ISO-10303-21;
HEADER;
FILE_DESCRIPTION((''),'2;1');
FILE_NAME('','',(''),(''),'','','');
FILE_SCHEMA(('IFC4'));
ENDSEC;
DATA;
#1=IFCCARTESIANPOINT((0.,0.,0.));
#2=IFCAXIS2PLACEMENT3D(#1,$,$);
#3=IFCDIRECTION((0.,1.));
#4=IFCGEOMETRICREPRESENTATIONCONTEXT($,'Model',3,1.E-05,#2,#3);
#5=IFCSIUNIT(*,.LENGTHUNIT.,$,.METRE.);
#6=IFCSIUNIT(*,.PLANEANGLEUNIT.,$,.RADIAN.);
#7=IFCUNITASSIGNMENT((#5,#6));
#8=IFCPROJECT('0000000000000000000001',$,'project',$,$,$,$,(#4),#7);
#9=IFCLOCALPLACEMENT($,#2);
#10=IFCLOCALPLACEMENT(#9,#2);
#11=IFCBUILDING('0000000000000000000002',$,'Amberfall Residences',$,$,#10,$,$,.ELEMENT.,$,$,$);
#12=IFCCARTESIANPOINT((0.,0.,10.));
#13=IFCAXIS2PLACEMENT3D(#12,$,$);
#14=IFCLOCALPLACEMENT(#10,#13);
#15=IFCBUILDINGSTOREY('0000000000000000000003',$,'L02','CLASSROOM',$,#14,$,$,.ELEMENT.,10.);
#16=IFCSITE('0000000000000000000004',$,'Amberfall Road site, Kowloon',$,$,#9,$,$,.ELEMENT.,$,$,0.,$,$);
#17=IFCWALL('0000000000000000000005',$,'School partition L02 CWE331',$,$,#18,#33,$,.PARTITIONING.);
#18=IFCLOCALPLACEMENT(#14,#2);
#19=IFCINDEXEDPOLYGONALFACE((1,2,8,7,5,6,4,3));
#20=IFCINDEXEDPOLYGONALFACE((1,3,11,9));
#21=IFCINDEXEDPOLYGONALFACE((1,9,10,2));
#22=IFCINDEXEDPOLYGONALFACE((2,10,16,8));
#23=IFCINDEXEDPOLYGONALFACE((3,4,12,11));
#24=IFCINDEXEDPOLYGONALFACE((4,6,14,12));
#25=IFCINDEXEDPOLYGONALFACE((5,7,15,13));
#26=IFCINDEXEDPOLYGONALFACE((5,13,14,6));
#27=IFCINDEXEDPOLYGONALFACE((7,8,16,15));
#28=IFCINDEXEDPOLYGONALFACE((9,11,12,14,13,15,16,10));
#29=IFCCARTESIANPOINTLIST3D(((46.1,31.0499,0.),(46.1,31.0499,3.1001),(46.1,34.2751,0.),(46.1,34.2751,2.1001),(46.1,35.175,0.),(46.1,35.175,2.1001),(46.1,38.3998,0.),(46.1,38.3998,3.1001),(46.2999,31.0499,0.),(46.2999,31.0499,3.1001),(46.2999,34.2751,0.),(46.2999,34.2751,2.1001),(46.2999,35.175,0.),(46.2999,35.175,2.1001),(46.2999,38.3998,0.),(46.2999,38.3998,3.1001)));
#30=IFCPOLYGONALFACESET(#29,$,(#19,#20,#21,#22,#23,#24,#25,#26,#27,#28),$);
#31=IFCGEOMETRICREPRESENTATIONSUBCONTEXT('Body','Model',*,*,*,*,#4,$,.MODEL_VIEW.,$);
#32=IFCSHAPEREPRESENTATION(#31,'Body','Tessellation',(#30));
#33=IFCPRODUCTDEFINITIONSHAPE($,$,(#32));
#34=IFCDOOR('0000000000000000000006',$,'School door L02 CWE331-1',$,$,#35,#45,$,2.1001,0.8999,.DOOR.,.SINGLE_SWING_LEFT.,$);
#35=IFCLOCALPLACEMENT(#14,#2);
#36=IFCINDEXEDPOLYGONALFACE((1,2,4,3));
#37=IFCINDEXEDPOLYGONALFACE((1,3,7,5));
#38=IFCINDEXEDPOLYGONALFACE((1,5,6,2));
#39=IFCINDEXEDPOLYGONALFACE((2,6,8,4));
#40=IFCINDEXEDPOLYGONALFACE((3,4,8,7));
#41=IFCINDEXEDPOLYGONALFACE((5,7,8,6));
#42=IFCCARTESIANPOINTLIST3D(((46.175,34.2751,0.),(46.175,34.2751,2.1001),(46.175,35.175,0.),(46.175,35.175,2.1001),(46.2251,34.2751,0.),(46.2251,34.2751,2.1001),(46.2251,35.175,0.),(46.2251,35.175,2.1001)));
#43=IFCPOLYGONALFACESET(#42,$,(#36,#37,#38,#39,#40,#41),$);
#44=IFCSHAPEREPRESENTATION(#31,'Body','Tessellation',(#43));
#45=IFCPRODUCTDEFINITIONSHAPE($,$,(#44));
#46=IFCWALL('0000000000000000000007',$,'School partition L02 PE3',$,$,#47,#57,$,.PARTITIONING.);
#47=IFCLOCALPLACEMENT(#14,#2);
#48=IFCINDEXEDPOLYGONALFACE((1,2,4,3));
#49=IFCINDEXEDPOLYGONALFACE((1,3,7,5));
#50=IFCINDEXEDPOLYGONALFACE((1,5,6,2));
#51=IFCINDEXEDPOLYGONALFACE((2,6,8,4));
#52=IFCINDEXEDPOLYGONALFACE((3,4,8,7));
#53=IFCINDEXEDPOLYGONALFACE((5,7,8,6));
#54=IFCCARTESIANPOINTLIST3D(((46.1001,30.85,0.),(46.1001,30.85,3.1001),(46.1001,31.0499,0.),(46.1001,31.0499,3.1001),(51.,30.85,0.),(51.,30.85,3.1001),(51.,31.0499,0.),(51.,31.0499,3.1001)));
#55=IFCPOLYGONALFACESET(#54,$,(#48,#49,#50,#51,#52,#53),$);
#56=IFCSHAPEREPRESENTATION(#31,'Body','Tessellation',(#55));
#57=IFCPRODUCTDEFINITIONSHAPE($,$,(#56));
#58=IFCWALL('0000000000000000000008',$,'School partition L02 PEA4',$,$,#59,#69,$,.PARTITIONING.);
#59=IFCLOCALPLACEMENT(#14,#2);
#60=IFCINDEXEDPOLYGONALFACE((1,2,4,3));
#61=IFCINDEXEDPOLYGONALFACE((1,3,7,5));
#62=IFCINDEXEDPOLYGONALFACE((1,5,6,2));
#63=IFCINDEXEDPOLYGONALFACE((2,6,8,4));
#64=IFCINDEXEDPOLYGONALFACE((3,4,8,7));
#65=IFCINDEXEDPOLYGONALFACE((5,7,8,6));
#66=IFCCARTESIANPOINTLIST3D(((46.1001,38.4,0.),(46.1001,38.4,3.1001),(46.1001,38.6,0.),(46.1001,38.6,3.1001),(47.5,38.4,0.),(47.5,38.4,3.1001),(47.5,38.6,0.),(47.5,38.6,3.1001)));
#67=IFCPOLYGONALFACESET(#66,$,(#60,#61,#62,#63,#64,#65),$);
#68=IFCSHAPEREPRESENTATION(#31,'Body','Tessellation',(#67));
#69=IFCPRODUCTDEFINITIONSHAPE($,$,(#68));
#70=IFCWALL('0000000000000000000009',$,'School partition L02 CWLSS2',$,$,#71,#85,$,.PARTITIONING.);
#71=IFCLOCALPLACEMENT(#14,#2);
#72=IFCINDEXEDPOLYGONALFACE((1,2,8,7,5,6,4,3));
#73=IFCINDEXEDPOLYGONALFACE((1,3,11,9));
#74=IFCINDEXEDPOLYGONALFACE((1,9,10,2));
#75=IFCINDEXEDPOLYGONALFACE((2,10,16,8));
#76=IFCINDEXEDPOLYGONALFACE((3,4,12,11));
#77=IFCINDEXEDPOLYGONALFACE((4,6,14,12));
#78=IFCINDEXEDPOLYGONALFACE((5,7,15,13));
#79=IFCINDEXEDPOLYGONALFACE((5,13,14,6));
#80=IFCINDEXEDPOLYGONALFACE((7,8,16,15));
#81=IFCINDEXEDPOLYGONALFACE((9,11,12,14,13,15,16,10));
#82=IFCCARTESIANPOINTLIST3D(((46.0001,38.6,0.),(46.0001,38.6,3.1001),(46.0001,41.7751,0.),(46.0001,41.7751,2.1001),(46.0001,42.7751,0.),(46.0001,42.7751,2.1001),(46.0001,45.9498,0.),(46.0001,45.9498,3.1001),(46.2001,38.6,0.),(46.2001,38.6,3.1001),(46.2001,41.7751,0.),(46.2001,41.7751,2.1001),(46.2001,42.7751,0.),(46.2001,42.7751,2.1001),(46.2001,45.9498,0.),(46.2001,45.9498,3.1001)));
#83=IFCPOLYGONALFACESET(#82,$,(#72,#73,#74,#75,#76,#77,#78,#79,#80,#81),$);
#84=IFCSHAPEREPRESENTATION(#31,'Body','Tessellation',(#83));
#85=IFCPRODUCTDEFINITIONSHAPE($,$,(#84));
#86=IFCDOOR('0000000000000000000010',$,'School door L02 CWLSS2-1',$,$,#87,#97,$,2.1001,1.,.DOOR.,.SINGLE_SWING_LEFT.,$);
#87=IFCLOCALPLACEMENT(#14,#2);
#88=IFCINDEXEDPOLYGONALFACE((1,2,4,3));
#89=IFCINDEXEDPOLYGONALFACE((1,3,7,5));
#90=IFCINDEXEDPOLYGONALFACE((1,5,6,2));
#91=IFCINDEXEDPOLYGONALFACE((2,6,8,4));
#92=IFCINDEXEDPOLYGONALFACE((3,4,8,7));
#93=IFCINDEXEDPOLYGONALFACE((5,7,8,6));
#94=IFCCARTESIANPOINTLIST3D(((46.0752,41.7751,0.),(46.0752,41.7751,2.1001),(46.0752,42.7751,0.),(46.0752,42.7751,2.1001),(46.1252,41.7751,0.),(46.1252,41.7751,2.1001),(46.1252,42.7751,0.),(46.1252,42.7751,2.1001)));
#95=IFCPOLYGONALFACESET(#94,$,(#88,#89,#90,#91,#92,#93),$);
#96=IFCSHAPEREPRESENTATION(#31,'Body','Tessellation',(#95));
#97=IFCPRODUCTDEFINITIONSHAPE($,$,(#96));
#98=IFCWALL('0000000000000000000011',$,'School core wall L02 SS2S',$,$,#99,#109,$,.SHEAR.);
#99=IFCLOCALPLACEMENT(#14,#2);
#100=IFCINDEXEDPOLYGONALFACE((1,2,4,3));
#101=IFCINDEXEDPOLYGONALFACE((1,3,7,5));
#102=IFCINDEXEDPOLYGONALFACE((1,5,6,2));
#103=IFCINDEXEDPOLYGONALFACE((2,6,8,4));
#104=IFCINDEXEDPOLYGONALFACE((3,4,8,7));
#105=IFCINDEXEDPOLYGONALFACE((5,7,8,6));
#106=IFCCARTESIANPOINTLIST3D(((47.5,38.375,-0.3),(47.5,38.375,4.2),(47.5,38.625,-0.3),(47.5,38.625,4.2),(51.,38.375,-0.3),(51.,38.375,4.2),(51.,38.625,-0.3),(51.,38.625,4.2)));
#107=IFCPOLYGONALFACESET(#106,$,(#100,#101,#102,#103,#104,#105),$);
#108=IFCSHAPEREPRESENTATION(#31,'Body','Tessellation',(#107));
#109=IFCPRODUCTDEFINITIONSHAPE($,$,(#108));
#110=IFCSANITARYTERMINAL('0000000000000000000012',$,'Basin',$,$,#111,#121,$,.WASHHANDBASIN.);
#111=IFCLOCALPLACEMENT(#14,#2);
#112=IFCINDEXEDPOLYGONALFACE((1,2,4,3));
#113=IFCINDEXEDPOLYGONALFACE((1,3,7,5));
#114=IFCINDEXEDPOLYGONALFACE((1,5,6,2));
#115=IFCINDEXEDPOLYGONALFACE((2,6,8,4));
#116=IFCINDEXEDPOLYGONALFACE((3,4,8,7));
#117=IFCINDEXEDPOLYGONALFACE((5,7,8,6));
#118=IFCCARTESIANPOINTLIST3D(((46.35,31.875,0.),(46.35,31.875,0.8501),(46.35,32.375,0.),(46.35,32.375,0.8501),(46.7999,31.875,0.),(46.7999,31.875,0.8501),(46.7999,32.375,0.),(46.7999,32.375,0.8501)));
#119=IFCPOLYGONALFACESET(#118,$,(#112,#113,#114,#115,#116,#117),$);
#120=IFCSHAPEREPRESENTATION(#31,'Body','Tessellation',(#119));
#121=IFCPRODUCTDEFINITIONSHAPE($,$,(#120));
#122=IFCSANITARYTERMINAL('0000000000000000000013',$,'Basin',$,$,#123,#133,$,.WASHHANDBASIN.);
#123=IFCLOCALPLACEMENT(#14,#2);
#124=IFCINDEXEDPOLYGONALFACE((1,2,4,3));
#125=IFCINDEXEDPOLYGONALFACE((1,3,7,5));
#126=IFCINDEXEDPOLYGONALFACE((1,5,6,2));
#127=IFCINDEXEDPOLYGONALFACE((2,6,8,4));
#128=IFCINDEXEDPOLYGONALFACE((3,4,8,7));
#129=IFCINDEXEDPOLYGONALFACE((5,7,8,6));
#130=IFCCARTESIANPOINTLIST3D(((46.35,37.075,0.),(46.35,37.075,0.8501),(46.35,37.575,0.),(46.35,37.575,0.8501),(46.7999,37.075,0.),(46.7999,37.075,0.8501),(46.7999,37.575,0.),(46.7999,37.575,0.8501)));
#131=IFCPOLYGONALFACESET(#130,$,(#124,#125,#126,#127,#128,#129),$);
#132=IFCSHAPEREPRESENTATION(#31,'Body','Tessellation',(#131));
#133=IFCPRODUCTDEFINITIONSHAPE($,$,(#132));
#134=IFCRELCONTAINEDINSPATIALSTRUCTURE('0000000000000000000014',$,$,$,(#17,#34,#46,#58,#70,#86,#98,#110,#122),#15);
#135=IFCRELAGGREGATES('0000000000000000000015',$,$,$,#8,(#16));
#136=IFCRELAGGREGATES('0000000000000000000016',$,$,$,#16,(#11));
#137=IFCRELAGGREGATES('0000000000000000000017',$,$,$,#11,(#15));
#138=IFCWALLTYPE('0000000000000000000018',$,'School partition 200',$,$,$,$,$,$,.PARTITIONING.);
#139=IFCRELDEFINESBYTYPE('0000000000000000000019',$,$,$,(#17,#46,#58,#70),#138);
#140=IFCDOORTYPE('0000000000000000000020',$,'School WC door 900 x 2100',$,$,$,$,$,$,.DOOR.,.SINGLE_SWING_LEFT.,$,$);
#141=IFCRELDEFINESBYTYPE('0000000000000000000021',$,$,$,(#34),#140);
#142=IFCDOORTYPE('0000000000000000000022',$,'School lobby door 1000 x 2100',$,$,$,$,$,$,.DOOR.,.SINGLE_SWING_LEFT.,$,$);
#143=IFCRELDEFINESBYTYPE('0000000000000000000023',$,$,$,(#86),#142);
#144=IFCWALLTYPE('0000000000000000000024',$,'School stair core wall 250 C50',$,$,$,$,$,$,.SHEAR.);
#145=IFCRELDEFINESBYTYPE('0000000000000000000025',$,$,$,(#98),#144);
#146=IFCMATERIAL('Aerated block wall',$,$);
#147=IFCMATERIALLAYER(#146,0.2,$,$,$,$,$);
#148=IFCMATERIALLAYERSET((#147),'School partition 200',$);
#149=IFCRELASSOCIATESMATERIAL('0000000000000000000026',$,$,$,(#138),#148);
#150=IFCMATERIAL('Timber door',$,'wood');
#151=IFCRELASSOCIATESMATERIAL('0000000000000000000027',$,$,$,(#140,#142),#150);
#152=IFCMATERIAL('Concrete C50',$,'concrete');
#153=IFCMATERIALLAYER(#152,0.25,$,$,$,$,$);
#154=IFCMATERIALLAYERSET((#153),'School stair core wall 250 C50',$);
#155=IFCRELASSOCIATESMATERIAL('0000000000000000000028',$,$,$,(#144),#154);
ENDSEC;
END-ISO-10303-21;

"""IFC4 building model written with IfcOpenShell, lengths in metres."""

from ifc_helpers import new_model, si_unit, direction, frame, frame_2d, origin, origin_2d, place, context, subcontext, project, spatial, rectangle, extrude, material, layer, layer_set, type_object, element, fill, save


model = new_model("IFC4")

# Units and contexts
model_context = context("Model", 3, precision=1e-05, world=origin(), true_north=direction((0.0, 1.0)))
body_context = subcontext(model_context, "Body", "Model", "MODEL_VIEW")
ifc_project = project(units=[si_unit("LENGTHUNIT", "METRE"), si_unit("PLANEANGLEUNIT", "RADIAN")], contexts=[model_context])

# Site, building, storey
site_placement = place(None, origin())
site = spatial("IfcSite", under=ifc_project, at=site_placement, Name="Amberfall Road site, Kowloon", CompositionType="ELEMENT", RefElevation=0.0)
building_placement = place(site_placement, origin())
building = spatial("IfcBuilding", under=site, at=building_placement, Name="Amberfall Residences", CompositionType="ELEMENT")
storey_placement = place(building_placement, frame((0.0, 0.0, 10.0)))
storey = spatial("IfcBuildingStorey", under=building, at=storey_placement, Name="L02", Description="CLASSROOM", CompositionType="ELEMENT", Elevation=10.0)

# Shared definitions
ifc_material_1 = material(Name="Aerated block wall")

# Shared definitions
ifc_layer_1 = layer(ifc_material_1, 0.2)
ifc_layer_set_1 = layer_set([ifc_layer_1], Name="School partition 200")
wall_type_1 = type_object("IfcWallType", Name="School partition 200", PredefinedType="PARTITIONING", material=ifc_layer_set_1)
ifc_material_2 = material(Name="Timber door", Category="wood")

# Wall, opening, door
wall_1_placement = place(storey_placement, frame((46.2, 31.05, 0.0), z_axis=(0.0, 0.0, 1.0), x_axis=(0.0, 1.0, 0.0)))
wall_1 = element("IfcWall", 1, at=wall_1_placement, inside=storey, type_object=wall_type_1, Name="School partition L02 CWE331", PredefinedType="PARTITIONING", context=body_context, shape_type="SweptSolid", body=[
    extrude(rectangle(XDim=7.3499, YDim=0.2, at=frame_2d((3.6748, 0.0))), origin(), (0.0, 0.0, 1.0), 3.1001),
])
opening_1_placement = place(wall_1_placement, frame((3.2251, 0.0, 0.0)))
opening_1 = element("IfcOpeningElement", 2, at=opening_1_placement, cuts=wall_1, PredefinedType="OPENING", context=body_context, shape_type="SweptSolid", body=[
    extrude(rectangle(XDim=0.8999, YDim=2.1001, at=frame_2d((0.45, 1.05))), frame((0.0, 0.1099, 0.0), z_axis=(0.0, -1.0, 0.0), x_axis=(1.0, 0.0, 0.0)), (0.0, 0.0, 1.0), 0.22),
])
door_type_1 = type_object("IfcDoorType", Name="School WC door 900 x 2100", OperationType="SINGLE_SWING_LEFT", PredefinedType="DOOR", material=ifc_material_2)
door_1_placement = place(opening_1_placement, origin())
door_1 = element("IfcDoor", 3, at=door_1_placement, inside=storey, type_object=door_type_1, Name="School door L02 CWE331-1", OperationType="SINGLE_SWING_LEFT", OverallHeight=2.1001, OverallWidth=0.8999, PredefinedType="DOOR", context=body_context, shape_type="SweptSolid", body=[
    extrude(rectangle(XDim=0.8999, YDim=2.1001, at=frame_2d((0.45, 1.05))), frame((0.0, 0.0249, 0.0), z_axis=(0.0, -1.0, 0.0), x_axis=(1.0, 0.0, 0.0)), (0.0, 0.0, 1.0), 0.05),
])
fill(opening_1, door_1)

# Walls
wall_2_placement = place(storey_placement, frame((46.1001, 30.95, 0.0), z_axis=(0.0, 0.0, 1.0), x_axis=(1.0, 0.0, 0.0)))
element("IfcWall", 4, at=wall_2_placement, inside=storey, type_object=wall_type_1, Name="School partition L02 PE3", PredefinedType="PARTITIONING", context=body_context, shape_type="SweptSolid", body=[
    extrude(rectangle(XDim=4.8999, YDim=0.2, at=frame_2d((2.45, 0.0))), origin(), (0.0, 0.0, 1.0), 3.1001),
])
wall_3_placement = place(storey_placement, frame((46.1001, 38.5, 0.0), z_axis=(0.0, 0.0, 1.0), x_axis=(1.0, 0.0, 0.0)))
element("IfcWall", 5, at=wall_3_placement, inside=storey, type_object=wall_type_1, Name="School partition L02 PEA4", PredefinedType="PARTITIONING", context=body_context, shape_type="SweptSolid", body=[
    extrude(rectangle(XDim=1.3999, YDim=0.2, at=frame_2d((0.7, 0.0))), origin(), (0.0, 0.0, 1.0), 3.1001),
])

# Wall, opening, door
wall_4_placement = place(storey_placement, frame((46.1001, 38.6001, 0.0), z_axis=(0.0, 0.0, 1.0), x_axis=(0.0, 1.0, 0.0)))
wall_4 = element("IfcWall", 6, at=wall_4_placement, inside=storey, type_object=wall_type_1, Name="School partition L02 CWLSS2", PredefinedType="PARTITIONING", context=body_context, shape_type="SweptSolid", body=[
    extrude(rectangle(XDim=7.3499, YDim=0.2, at=frame_2d((3.6748, 0.0))), origin(), (0.0, 0.0, 1.0), 3.1001),
])
opening_2_placement = place(wall_4_placement, frame((3.175, 0.0, 0.0)))
opening_2 = element("IfcOpeningElement", 7, at=opening_2_placement, cuts=wall_4, PredefinedType="OPENING", context=body_context, shape_type="SweptSolid", body=[
    extrude(rectangle(XDim=1.0, YDim=2.1001, at=frame_2d((0.5, 1.05))), frame((0.0, 0.1099, 0.0), z_axis=(0.0, -1.0, 0.0), x_axis=(1.0, 0.0, 0.0)), (0.0, 0.0, 1.0), 0.22),
])
door_type_2 = type_object("IfcDoorType", Name="School lobby door 1000 x 2100", OperationType="SINGLE_SWING_LEFT", PredefinedType="DOOR", material=ifc_material_2)
door_2_placement = place(opening_2_placement, origin())
door_2 = element("IfcDoor", 8, at=door_2_placement, inside=storey, type_object=door_type_2, Name="School door L02 CWLSS2-1", OperationType="SINGLE_SWING_LEFT", OverallHeight=2.1001, OverallWidth=1.0, PredefinedType="DOOR", context=body_context, shape_type="SweptSolid", body=[
    extrude(rectangle(XDim=1.0, YDim=2.1001, at=frame_2d((0.5, 1.05))), frame((0.0, 0.0249, 0.0), z_axis=(0.0, -1.0, 0.0), x_axis=(1.0, 0.0, 0.0)), (0.0, 0.0, 1.0), 0.05),
])
fill(opening_2, door_2)

# Wall
ifc_material_3 = material(Name="Concrete C50", Category="concrete")
ifc_layer_2 = layer(ifc_material_3, 0.25)
ifc_layer_set_2 = layer_set([ifc_layer_2], Name="School stair core wall 250 C50")
wall_type_2 = type_object("IfcWallType", Name="School stair core wall 250 C50", PredefinedType="SHEAR", material=ifc_layer_set_2)
wall_5_placement = place(storey_placement, frame((47.5, 38.5, -0.3), z_axis=(0.0, 0.0, 1.0), x_axis=(1.0, 0.0, 0.0)))
element("IfcWall", 9, at=wall_5_placement, inside=storey, type_object=wall_type_2, Name="School core wall L02 SS2S", PredefinedType="SHEAR", context=body_context, shape_type="SweptSolid", body=[
    extrude(rectangle(XDim=3.5, YDim=0.25, at=frame_2d((1.75, 0.0))), origin(), (0.0, 0.0, 1.0), 4.5),
])

# Sanitary terminals
for number, where, z_axis, x_axis, name in (
    (10, (46.575, 32.125, 0.0), (0.0, 0.0, 1.0), (1.0, 0.0, 0.0), "Basin"),
    (11, (46.575, 37.325, 0.0), (0.0, 0.0, 1.0), (1.0, 0.0, 0.0), "Basin"),
):
    element("IfcSanitaryTerminal", number, at=place(storey_placement, frame(where, z_axis=z_axis, x_axis=x_axis)), inside=storey, Name=name, PredefinedType="WASHHANDBASIN", context=body_context, shape_type="SweptSolid", body=[
        extrude(rectangle(XDim=0.45, YDim=0.5, at=origin_2d()), origin(), (0.0, 0.0, 1.0), 0.8501),
    ])

save(model, "model.ifc")
